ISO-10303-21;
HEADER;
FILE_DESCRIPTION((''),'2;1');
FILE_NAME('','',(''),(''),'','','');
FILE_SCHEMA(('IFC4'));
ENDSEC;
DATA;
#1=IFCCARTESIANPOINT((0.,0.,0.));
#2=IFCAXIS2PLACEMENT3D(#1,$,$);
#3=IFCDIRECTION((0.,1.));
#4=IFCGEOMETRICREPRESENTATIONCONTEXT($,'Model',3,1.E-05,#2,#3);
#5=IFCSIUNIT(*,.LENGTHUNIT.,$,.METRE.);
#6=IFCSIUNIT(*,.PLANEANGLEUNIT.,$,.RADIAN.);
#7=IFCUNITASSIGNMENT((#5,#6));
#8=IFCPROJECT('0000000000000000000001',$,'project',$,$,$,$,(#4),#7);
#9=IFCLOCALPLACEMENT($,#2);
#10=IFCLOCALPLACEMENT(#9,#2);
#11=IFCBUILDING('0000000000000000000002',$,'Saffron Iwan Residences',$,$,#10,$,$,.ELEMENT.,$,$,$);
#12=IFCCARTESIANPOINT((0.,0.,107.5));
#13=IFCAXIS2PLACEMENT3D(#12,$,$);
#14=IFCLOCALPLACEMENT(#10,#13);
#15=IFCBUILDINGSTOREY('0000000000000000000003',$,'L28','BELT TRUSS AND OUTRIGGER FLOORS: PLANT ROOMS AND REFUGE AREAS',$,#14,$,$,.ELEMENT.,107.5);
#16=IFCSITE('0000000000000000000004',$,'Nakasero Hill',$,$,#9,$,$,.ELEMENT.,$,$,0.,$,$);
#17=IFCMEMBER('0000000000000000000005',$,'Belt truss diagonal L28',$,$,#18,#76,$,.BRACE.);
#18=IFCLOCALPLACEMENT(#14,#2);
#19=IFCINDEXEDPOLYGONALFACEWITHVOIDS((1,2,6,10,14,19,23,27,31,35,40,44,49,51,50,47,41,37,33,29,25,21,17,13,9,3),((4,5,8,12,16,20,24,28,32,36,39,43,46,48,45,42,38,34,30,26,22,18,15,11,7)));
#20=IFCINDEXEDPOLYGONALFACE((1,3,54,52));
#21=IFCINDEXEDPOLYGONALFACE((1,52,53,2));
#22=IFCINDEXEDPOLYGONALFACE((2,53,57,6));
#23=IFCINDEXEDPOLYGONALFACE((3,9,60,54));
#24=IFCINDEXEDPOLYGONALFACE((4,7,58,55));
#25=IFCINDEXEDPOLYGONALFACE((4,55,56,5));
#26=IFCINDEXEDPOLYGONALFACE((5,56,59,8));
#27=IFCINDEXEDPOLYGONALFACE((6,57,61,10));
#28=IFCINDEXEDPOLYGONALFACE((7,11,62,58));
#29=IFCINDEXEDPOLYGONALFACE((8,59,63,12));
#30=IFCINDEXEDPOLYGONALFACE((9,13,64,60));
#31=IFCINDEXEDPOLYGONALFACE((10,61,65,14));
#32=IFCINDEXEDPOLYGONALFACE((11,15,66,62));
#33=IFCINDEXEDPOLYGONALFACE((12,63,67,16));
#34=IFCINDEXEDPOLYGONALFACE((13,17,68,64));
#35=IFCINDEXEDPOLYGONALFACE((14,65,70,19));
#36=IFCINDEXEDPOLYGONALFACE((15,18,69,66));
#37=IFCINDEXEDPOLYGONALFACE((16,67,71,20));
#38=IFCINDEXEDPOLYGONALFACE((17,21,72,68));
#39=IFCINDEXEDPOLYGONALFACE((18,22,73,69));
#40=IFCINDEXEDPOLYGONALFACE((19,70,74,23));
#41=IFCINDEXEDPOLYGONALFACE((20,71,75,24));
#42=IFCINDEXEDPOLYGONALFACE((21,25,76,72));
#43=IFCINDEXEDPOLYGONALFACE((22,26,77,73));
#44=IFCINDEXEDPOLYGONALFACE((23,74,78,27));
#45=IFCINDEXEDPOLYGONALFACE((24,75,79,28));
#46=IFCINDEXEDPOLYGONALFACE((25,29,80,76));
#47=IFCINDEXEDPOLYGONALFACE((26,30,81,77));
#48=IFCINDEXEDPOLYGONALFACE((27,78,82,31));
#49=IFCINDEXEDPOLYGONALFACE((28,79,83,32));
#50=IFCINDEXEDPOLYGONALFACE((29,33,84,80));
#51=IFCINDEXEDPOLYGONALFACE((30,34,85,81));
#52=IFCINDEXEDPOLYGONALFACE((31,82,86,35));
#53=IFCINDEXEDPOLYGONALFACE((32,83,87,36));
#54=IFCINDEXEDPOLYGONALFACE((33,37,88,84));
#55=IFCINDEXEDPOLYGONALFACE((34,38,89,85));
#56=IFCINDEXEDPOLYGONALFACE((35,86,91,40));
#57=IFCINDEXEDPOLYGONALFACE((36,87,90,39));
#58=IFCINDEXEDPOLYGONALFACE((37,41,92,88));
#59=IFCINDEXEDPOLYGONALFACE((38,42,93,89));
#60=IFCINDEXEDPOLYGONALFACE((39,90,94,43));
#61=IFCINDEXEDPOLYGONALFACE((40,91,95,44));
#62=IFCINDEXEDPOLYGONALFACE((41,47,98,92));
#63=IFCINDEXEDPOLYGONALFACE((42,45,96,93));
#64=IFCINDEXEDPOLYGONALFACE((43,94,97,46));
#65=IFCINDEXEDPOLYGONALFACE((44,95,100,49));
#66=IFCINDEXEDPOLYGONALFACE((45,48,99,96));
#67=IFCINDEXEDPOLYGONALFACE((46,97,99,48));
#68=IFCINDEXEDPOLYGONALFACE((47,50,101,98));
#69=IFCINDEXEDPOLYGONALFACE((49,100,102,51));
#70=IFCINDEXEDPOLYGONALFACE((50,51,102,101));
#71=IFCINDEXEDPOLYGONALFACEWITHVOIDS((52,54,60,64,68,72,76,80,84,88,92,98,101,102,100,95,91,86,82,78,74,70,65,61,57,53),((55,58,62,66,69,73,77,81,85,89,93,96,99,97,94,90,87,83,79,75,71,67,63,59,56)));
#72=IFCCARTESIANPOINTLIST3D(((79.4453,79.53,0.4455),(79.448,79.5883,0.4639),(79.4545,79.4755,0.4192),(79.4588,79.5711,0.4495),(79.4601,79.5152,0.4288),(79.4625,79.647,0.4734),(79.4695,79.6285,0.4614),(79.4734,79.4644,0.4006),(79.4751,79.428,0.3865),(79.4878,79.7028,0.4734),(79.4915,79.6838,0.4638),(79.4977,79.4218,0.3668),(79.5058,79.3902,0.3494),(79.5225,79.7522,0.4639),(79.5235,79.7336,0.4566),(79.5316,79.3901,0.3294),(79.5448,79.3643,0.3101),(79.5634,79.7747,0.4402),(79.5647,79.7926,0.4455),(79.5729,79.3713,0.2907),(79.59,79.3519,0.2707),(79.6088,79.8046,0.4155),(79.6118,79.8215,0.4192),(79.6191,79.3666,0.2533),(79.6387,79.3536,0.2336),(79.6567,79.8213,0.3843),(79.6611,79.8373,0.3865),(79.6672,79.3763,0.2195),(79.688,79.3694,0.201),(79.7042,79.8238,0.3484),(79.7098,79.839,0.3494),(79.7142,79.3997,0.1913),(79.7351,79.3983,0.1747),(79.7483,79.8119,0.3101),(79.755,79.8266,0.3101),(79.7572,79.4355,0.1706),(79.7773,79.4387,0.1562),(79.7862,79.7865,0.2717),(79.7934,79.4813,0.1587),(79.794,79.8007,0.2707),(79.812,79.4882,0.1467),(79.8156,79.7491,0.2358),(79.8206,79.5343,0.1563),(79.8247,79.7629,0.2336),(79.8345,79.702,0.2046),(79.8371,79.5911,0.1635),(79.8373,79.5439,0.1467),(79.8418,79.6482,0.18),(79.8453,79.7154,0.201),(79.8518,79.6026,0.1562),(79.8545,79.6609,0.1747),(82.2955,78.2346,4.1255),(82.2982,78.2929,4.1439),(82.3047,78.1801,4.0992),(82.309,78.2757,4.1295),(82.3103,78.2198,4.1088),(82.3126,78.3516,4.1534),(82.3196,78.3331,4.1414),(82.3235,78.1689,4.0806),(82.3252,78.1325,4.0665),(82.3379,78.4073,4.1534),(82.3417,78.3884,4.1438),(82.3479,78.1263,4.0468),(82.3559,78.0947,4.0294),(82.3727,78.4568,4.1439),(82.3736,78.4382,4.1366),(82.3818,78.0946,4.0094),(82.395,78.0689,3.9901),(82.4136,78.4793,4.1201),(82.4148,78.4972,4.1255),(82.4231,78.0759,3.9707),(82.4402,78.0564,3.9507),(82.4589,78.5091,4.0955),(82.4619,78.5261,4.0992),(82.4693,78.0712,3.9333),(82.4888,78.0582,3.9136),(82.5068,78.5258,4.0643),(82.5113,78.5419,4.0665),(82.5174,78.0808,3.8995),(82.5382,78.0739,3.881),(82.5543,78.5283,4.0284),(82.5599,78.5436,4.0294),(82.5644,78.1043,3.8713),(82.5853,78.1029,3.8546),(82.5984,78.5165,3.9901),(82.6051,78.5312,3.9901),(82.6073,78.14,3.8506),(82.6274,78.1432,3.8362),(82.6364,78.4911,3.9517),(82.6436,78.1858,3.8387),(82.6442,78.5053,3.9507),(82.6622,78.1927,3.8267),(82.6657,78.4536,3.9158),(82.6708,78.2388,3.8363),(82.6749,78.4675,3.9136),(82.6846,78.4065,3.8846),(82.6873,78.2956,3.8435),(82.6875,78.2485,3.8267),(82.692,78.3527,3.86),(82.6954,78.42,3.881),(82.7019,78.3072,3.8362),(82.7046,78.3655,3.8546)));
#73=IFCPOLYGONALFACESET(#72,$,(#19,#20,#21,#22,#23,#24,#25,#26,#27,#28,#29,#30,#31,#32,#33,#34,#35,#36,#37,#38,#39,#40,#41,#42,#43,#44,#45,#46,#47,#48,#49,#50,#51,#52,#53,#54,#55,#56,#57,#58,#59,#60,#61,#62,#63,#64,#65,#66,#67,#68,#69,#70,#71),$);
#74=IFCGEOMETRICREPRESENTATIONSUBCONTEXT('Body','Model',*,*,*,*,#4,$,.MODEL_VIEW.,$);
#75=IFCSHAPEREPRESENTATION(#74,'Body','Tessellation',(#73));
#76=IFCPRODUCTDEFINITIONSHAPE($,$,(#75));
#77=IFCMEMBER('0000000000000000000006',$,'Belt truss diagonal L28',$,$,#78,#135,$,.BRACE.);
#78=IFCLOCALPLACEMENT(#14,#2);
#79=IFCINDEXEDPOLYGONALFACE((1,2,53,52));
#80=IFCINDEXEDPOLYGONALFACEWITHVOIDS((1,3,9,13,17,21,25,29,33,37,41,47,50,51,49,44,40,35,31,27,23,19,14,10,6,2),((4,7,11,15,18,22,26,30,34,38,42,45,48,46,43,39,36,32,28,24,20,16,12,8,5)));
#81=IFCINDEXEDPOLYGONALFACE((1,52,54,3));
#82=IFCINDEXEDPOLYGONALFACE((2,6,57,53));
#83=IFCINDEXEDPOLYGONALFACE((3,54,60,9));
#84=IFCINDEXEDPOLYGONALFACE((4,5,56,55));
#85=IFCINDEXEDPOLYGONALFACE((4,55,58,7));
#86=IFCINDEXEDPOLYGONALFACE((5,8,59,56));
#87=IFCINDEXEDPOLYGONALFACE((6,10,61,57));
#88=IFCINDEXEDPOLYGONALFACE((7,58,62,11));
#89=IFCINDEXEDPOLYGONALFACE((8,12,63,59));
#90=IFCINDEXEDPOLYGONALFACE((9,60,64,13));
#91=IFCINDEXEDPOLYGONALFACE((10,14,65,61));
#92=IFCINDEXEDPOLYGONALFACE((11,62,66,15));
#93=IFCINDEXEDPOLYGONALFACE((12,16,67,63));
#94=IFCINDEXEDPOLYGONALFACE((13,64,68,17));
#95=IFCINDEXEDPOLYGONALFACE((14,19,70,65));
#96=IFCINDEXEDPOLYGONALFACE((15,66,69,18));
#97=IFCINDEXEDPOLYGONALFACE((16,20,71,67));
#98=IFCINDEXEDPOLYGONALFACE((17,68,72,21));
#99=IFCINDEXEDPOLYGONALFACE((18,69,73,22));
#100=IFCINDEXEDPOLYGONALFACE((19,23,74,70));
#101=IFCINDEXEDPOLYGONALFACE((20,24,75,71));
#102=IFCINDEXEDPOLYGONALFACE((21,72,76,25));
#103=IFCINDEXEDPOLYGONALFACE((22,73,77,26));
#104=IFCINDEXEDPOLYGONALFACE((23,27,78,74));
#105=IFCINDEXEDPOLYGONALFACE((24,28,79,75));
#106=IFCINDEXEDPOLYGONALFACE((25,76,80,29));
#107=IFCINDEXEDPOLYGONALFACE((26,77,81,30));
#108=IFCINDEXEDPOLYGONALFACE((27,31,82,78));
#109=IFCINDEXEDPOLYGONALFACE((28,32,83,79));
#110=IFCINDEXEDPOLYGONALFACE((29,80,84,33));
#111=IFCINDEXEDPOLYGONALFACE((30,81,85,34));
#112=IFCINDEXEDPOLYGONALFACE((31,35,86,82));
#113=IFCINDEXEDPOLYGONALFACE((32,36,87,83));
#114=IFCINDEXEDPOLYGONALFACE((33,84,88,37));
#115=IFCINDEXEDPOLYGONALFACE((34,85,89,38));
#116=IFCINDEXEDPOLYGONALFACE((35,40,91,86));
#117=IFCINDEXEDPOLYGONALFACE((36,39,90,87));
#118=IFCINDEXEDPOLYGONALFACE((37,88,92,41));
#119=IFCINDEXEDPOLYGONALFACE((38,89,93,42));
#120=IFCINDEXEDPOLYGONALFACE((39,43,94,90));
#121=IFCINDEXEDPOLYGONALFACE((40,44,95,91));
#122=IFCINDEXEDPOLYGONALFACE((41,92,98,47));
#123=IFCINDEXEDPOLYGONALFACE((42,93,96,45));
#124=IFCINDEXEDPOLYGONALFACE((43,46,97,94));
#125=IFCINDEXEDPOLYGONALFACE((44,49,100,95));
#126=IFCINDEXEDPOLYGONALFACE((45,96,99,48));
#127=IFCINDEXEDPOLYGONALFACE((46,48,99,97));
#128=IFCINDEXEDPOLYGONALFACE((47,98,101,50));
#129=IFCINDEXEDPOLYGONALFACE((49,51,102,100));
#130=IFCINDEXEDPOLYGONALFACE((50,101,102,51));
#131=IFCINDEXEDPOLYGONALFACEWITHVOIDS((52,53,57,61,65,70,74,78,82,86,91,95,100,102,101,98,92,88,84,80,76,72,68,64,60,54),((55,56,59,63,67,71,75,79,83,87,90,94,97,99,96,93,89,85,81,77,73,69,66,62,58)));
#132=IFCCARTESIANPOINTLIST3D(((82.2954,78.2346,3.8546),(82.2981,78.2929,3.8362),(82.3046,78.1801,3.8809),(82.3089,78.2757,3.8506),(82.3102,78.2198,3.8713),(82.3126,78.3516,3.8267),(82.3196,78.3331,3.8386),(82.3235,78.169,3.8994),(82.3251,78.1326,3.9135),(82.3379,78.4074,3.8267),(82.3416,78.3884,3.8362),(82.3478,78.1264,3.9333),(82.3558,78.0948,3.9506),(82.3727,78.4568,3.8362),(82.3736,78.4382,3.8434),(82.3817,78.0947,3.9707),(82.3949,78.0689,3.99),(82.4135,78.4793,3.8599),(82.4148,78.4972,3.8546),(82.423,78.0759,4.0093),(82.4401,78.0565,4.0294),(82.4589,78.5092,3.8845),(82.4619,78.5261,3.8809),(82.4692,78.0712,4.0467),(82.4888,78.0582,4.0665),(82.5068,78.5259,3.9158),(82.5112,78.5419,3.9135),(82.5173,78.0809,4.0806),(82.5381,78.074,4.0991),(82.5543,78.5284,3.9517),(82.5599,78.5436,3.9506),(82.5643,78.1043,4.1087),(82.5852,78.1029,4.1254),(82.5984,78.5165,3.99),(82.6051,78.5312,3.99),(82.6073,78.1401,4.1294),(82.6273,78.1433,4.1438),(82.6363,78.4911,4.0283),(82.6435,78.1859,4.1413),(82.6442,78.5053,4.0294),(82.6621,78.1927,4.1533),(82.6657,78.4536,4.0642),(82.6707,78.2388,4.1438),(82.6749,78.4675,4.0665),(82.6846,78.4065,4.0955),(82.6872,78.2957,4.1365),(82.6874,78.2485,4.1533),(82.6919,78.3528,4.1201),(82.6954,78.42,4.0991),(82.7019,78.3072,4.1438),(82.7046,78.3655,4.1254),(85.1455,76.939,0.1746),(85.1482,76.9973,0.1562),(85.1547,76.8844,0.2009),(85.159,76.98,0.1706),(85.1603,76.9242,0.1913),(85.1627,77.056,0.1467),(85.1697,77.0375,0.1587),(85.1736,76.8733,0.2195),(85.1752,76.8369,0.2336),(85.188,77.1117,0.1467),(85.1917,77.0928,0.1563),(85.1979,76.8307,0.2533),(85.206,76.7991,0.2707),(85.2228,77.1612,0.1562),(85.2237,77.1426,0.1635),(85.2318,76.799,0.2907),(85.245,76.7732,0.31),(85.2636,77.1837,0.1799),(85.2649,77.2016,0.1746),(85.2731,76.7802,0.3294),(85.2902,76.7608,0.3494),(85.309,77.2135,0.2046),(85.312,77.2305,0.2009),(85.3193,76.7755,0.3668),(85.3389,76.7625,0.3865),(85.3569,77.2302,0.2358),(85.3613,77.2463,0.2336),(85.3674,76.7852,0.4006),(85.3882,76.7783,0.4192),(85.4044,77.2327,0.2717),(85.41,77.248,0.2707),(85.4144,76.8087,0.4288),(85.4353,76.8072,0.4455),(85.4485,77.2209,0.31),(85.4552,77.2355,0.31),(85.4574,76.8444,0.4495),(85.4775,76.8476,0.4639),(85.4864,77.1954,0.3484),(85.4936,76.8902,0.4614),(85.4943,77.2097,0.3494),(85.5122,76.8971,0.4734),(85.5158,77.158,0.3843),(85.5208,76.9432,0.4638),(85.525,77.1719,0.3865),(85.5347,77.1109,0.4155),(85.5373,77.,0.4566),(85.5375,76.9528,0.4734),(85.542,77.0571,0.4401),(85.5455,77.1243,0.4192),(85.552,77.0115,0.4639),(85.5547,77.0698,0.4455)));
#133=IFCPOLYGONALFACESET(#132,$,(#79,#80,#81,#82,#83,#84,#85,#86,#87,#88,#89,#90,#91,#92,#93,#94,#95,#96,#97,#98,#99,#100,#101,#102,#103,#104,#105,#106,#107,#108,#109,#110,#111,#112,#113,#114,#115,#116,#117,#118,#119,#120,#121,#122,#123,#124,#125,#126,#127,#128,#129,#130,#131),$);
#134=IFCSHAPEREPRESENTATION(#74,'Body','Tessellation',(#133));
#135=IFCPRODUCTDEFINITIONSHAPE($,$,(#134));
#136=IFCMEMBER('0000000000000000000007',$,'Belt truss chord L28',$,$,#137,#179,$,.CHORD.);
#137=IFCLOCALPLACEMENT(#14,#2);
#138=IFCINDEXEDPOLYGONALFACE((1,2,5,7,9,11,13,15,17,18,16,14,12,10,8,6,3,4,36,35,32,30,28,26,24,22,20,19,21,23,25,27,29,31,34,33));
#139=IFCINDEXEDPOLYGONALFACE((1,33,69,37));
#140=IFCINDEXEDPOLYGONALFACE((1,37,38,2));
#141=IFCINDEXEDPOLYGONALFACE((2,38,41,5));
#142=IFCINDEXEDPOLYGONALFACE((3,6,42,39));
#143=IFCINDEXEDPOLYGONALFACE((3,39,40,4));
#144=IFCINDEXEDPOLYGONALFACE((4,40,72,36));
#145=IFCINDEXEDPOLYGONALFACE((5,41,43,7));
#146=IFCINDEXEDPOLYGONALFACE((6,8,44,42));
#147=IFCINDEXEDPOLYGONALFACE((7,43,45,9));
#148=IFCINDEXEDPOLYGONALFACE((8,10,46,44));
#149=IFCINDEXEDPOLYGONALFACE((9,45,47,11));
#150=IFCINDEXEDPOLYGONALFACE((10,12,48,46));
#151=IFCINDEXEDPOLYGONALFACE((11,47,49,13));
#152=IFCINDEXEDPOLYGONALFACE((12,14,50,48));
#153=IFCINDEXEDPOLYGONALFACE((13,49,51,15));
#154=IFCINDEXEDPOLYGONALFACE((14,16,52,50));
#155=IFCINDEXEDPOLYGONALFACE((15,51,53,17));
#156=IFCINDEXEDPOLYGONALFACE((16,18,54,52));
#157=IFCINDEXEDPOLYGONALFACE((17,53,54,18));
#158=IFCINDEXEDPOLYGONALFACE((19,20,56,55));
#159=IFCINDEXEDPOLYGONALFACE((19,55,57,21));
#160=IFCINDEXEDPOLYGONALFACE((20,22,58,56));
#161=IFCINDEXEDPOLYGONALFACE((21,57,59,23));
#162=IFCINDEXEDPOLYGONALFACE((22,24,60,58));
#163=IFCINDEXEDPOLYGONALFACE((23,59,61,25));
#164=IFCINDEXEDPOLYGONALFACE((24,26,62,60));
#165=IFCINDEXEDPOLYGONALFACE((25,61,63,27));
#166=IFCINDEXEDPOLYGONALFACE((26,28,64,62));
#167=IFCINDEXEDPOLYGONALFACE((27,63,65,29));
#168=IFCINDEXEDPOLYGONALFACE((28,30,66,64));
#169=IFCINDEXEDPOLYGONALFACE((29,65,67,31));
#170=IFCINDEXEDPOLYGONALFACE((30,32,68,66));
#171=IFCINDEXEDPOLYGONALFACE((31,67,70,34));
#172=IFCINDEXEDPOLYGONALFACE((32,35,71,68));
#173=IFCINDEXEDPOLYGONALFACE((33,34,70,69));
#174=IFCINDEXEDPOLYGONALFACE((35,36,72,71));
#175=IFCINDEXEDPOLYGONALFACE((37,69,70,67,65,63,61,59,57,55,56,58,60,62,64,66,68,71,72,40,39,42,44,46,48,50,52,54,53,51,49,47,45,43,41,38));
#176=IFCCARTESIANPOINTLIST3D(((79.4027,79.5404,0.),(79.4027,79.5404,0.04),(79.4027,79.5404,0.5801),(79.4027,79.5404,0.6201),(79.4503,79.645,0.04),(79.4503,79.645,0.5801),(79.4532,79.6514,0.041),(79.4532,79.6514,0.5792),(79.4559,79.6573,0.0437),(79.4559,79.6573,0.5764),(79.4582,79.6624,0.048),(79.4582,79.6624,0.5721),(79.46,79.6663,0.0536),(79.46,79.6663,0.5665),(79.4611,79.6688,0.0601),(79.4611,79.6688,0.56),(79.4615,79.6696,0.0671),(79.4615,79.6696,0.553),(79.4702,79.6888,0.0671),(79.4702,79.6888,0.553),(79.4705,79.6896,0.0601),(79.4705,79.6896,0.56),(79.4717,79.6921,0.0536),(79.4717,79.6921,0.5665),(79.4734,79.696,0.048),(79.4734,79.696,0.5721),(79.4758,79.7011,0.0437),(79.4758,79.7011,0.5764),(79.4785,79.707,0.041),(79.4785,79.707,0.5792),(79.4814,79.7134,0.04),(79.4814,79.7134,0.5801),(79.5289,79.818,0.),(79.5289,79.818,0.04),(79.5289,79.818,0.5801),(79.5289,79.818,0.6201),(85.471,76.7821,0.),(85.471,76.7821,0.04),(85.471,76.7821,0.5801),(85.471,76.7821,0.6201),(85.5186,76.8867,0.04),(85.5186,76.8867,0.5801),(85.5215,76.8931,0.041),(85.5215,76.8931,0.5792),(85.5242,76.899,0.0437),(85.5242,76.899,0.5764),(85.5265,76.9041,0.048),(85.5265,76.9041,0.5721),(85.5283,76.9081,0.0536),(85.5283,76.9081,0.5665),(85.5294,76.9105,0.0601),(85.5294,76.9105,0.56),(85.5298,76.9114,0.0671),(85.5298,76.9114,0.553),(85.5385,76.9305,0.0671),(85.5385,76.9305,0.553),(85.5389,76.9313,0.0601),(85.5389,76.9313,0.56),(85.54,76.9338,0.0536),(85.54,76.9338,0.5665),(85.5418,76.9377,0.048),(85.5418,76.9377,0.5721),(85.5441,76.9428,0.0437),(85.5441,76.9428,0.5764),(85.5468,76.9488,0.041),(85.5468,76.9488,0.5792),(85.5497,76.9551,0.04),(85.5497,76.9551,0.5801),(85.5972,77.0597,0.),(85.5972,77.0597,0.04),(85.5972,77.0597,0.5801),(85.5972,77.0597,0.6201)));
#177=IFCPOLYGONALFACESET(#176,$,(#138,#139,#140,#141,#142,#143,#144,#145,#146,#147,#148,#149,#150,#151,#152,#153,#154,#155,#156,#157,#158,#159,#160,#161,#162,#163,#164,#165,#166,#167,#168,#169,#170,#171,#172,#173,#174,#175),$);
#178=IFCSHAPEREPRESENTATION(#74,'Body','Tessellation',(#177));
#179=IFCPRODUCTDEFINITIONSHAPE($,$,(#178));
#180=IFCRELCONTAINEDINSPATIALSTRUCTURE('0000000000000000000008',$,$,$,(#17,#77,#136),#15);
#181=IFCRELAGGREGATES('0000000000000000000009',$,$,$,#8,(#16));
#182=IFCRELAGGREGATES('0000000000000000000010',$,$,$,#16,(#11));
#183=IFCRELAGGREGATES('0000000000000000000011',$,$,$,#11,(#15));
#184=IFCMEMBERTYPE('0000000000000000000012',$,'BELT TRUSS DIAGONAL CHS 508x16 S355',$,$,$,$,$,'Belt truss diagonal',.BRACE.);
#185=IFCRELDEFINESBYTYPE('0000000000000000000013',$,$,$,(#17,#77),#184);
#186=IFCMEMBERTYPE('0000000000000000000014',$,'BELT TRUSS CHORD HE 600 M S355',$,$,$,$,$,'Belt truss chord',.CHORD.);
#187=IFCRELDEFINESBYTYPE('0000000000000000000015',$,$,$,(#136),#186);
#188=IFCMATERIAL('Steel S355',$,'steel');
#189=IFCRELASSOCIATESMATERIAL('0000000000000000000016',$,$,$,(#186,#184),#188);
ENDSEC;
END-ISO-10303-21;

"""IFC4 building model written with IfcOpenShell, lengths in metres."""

from ifc_helpers import new_model, si_unit, direction, frame, origin, origin_2d, place, context, subcontext, project, spatial, hollow_circle, i_section, extrude, source, transform, mapped, material, material_profile, profile_set, type_object, element, save


model = new_model("IFC4")

# Units and contexts
model_context = context("Model", 3, precision=1e-05, world=origin(), true_north=direction((0.0, 1.0)))
body_context = subcontext(model_context, "Body", "Model", "MODEL_VIEW")
ifc_project = project(units=[si_unit("LENGTHUNIT", "METRE"), si_unit("PLANEANGLEUNIT", "RADIAN")], contexts=[model_context])

# Site, building, storey
site_placement = place(None, origin())
site = spatial("IfcSite", under=ifc_project, at=site_placement, Name="Nakasero Hill", CompositionType="ELEMENT", RefElevation=0.0)
building_placement = place(site_placement, origin())
building = spatial("IfcBuilding", under=site, at=building_placement, Name="Saffron Iwan Residences", CompositionType="ELEMENT")
storey_placement = place(building_placement, frame((0.0, 0.0, 107.5)))
storey = spatial("IfcBuildingStorey", under=building, at=storey_placement, Name="L28", Description="BELT TRUSS AND OUTRIGGER FLOORS: PLANT ROOMS AND REFUGE AREAS", CompositionType="ELEMENT", Elevation=107.5)

# Members
ifc_material_1 = material(Name="Steel S355", Category="steel")
ifc_material_profile_1 = material_profile(ifc_material_1, i_section(OverallWidth=0.3049, OverallDepth=0.6201, WebThickness=0.021, FlangeThickness=0.04, FilletRadius=0.0271, at=origin_2d()), Name="HE 600 M")
ifc_profile_set_1 = profile_set([ifc_material_profile_1], Name="Steel S355")
member_type_1 = type_object("IfcMemberType", Name="BELT TRUSS CHORD HE 600 M S355", ElementType="Belt truss chord", PredefinedType="CHORD", material=ifc_profile_set_1)
ifc_material_profile_2 = material_profile(ifc_material_1, hollow_circle(Radius=0.2539, WallThickness=0.0161, at=origin_2d()), Name="CHS 508x16")
ifc_profile_set_2 = profile_set([ifc_material_profile_2], Name="Steel S355")
member_type_2 = type_object("IfcMemberType", Name="BELT TRUSS DIAGONAL CHS 508x16 S355", ElementType="Belt truss diagonal", PredefinedType="BRACE", material=ifc_profile_set_2)
shared_shape_1 = source(origin(), body_context, "Body", "SweptSolid", [
    extrude(hollow_circle(Radius=0.2539, WallThickness=0.0161, at=origin_2d()), origin(), (0.0, 0.0, 1.0), 4.8315),
])
for number, where, z_axis, x_axis, name in (
    (1, (79.6499, 79.5955, 0.3101), (0.589904, -0.26812, 0.76166), (0.413779, 0.910377, 0.0), "Belt truss diagonal L28"),
    (2, (82.5, 78.3, 3.99), (0.589896, -0.268167, -0.761649), (0.413844, 0.910348, 0.0), "Belt truss diagonal L28"),
):
    element("IfcMember", number, at=place(storey_placement, frame(where, z_axis=z_axis, x_axis=x_axis)), inside=storey, type_object=member_type_2, Name=name, PredefinedType="BRACE", context=body_context, shape_type="MappedRepresentation", body=[
        mapped(shared_shape_1, transform((0.0, 0.0, 0.0))),
    ])
shared_shape_2 = source(origin(), body_context, "Body", "SweptSolid", [
    extrude(i_section(OverallWidth=0.3049, OverallDepth=0.6201, WebThickness=0.021, FlangeThickness=0.04, FilletRadius=0.0271, at=origin_2d()), origin(), (0.0, 0.0, 1.0), 6.6658),
])
for number, where, z_axis, x_axis, name in (
    (3, (79.4658, 79.6792, 0.3101), (0.910369, -0.413797, 0.0), (0.413797, 0.910369, 0.0), "Belt truss chord L28"),
):
    element("IfcMember", number, at=place(storey_placement, frame(where, z_axis=z_axis, x_axis=x_axis)), inside=storey, type_object=member_type_1, Name=name, PredefinedType="CHORD", context=body_context, shape_type="MappedRepresentation", body=[
        mapped(shared_shape_2, transform((0.0, 0.0, 0.0))),
    ])

save(model, "model.ifc")
